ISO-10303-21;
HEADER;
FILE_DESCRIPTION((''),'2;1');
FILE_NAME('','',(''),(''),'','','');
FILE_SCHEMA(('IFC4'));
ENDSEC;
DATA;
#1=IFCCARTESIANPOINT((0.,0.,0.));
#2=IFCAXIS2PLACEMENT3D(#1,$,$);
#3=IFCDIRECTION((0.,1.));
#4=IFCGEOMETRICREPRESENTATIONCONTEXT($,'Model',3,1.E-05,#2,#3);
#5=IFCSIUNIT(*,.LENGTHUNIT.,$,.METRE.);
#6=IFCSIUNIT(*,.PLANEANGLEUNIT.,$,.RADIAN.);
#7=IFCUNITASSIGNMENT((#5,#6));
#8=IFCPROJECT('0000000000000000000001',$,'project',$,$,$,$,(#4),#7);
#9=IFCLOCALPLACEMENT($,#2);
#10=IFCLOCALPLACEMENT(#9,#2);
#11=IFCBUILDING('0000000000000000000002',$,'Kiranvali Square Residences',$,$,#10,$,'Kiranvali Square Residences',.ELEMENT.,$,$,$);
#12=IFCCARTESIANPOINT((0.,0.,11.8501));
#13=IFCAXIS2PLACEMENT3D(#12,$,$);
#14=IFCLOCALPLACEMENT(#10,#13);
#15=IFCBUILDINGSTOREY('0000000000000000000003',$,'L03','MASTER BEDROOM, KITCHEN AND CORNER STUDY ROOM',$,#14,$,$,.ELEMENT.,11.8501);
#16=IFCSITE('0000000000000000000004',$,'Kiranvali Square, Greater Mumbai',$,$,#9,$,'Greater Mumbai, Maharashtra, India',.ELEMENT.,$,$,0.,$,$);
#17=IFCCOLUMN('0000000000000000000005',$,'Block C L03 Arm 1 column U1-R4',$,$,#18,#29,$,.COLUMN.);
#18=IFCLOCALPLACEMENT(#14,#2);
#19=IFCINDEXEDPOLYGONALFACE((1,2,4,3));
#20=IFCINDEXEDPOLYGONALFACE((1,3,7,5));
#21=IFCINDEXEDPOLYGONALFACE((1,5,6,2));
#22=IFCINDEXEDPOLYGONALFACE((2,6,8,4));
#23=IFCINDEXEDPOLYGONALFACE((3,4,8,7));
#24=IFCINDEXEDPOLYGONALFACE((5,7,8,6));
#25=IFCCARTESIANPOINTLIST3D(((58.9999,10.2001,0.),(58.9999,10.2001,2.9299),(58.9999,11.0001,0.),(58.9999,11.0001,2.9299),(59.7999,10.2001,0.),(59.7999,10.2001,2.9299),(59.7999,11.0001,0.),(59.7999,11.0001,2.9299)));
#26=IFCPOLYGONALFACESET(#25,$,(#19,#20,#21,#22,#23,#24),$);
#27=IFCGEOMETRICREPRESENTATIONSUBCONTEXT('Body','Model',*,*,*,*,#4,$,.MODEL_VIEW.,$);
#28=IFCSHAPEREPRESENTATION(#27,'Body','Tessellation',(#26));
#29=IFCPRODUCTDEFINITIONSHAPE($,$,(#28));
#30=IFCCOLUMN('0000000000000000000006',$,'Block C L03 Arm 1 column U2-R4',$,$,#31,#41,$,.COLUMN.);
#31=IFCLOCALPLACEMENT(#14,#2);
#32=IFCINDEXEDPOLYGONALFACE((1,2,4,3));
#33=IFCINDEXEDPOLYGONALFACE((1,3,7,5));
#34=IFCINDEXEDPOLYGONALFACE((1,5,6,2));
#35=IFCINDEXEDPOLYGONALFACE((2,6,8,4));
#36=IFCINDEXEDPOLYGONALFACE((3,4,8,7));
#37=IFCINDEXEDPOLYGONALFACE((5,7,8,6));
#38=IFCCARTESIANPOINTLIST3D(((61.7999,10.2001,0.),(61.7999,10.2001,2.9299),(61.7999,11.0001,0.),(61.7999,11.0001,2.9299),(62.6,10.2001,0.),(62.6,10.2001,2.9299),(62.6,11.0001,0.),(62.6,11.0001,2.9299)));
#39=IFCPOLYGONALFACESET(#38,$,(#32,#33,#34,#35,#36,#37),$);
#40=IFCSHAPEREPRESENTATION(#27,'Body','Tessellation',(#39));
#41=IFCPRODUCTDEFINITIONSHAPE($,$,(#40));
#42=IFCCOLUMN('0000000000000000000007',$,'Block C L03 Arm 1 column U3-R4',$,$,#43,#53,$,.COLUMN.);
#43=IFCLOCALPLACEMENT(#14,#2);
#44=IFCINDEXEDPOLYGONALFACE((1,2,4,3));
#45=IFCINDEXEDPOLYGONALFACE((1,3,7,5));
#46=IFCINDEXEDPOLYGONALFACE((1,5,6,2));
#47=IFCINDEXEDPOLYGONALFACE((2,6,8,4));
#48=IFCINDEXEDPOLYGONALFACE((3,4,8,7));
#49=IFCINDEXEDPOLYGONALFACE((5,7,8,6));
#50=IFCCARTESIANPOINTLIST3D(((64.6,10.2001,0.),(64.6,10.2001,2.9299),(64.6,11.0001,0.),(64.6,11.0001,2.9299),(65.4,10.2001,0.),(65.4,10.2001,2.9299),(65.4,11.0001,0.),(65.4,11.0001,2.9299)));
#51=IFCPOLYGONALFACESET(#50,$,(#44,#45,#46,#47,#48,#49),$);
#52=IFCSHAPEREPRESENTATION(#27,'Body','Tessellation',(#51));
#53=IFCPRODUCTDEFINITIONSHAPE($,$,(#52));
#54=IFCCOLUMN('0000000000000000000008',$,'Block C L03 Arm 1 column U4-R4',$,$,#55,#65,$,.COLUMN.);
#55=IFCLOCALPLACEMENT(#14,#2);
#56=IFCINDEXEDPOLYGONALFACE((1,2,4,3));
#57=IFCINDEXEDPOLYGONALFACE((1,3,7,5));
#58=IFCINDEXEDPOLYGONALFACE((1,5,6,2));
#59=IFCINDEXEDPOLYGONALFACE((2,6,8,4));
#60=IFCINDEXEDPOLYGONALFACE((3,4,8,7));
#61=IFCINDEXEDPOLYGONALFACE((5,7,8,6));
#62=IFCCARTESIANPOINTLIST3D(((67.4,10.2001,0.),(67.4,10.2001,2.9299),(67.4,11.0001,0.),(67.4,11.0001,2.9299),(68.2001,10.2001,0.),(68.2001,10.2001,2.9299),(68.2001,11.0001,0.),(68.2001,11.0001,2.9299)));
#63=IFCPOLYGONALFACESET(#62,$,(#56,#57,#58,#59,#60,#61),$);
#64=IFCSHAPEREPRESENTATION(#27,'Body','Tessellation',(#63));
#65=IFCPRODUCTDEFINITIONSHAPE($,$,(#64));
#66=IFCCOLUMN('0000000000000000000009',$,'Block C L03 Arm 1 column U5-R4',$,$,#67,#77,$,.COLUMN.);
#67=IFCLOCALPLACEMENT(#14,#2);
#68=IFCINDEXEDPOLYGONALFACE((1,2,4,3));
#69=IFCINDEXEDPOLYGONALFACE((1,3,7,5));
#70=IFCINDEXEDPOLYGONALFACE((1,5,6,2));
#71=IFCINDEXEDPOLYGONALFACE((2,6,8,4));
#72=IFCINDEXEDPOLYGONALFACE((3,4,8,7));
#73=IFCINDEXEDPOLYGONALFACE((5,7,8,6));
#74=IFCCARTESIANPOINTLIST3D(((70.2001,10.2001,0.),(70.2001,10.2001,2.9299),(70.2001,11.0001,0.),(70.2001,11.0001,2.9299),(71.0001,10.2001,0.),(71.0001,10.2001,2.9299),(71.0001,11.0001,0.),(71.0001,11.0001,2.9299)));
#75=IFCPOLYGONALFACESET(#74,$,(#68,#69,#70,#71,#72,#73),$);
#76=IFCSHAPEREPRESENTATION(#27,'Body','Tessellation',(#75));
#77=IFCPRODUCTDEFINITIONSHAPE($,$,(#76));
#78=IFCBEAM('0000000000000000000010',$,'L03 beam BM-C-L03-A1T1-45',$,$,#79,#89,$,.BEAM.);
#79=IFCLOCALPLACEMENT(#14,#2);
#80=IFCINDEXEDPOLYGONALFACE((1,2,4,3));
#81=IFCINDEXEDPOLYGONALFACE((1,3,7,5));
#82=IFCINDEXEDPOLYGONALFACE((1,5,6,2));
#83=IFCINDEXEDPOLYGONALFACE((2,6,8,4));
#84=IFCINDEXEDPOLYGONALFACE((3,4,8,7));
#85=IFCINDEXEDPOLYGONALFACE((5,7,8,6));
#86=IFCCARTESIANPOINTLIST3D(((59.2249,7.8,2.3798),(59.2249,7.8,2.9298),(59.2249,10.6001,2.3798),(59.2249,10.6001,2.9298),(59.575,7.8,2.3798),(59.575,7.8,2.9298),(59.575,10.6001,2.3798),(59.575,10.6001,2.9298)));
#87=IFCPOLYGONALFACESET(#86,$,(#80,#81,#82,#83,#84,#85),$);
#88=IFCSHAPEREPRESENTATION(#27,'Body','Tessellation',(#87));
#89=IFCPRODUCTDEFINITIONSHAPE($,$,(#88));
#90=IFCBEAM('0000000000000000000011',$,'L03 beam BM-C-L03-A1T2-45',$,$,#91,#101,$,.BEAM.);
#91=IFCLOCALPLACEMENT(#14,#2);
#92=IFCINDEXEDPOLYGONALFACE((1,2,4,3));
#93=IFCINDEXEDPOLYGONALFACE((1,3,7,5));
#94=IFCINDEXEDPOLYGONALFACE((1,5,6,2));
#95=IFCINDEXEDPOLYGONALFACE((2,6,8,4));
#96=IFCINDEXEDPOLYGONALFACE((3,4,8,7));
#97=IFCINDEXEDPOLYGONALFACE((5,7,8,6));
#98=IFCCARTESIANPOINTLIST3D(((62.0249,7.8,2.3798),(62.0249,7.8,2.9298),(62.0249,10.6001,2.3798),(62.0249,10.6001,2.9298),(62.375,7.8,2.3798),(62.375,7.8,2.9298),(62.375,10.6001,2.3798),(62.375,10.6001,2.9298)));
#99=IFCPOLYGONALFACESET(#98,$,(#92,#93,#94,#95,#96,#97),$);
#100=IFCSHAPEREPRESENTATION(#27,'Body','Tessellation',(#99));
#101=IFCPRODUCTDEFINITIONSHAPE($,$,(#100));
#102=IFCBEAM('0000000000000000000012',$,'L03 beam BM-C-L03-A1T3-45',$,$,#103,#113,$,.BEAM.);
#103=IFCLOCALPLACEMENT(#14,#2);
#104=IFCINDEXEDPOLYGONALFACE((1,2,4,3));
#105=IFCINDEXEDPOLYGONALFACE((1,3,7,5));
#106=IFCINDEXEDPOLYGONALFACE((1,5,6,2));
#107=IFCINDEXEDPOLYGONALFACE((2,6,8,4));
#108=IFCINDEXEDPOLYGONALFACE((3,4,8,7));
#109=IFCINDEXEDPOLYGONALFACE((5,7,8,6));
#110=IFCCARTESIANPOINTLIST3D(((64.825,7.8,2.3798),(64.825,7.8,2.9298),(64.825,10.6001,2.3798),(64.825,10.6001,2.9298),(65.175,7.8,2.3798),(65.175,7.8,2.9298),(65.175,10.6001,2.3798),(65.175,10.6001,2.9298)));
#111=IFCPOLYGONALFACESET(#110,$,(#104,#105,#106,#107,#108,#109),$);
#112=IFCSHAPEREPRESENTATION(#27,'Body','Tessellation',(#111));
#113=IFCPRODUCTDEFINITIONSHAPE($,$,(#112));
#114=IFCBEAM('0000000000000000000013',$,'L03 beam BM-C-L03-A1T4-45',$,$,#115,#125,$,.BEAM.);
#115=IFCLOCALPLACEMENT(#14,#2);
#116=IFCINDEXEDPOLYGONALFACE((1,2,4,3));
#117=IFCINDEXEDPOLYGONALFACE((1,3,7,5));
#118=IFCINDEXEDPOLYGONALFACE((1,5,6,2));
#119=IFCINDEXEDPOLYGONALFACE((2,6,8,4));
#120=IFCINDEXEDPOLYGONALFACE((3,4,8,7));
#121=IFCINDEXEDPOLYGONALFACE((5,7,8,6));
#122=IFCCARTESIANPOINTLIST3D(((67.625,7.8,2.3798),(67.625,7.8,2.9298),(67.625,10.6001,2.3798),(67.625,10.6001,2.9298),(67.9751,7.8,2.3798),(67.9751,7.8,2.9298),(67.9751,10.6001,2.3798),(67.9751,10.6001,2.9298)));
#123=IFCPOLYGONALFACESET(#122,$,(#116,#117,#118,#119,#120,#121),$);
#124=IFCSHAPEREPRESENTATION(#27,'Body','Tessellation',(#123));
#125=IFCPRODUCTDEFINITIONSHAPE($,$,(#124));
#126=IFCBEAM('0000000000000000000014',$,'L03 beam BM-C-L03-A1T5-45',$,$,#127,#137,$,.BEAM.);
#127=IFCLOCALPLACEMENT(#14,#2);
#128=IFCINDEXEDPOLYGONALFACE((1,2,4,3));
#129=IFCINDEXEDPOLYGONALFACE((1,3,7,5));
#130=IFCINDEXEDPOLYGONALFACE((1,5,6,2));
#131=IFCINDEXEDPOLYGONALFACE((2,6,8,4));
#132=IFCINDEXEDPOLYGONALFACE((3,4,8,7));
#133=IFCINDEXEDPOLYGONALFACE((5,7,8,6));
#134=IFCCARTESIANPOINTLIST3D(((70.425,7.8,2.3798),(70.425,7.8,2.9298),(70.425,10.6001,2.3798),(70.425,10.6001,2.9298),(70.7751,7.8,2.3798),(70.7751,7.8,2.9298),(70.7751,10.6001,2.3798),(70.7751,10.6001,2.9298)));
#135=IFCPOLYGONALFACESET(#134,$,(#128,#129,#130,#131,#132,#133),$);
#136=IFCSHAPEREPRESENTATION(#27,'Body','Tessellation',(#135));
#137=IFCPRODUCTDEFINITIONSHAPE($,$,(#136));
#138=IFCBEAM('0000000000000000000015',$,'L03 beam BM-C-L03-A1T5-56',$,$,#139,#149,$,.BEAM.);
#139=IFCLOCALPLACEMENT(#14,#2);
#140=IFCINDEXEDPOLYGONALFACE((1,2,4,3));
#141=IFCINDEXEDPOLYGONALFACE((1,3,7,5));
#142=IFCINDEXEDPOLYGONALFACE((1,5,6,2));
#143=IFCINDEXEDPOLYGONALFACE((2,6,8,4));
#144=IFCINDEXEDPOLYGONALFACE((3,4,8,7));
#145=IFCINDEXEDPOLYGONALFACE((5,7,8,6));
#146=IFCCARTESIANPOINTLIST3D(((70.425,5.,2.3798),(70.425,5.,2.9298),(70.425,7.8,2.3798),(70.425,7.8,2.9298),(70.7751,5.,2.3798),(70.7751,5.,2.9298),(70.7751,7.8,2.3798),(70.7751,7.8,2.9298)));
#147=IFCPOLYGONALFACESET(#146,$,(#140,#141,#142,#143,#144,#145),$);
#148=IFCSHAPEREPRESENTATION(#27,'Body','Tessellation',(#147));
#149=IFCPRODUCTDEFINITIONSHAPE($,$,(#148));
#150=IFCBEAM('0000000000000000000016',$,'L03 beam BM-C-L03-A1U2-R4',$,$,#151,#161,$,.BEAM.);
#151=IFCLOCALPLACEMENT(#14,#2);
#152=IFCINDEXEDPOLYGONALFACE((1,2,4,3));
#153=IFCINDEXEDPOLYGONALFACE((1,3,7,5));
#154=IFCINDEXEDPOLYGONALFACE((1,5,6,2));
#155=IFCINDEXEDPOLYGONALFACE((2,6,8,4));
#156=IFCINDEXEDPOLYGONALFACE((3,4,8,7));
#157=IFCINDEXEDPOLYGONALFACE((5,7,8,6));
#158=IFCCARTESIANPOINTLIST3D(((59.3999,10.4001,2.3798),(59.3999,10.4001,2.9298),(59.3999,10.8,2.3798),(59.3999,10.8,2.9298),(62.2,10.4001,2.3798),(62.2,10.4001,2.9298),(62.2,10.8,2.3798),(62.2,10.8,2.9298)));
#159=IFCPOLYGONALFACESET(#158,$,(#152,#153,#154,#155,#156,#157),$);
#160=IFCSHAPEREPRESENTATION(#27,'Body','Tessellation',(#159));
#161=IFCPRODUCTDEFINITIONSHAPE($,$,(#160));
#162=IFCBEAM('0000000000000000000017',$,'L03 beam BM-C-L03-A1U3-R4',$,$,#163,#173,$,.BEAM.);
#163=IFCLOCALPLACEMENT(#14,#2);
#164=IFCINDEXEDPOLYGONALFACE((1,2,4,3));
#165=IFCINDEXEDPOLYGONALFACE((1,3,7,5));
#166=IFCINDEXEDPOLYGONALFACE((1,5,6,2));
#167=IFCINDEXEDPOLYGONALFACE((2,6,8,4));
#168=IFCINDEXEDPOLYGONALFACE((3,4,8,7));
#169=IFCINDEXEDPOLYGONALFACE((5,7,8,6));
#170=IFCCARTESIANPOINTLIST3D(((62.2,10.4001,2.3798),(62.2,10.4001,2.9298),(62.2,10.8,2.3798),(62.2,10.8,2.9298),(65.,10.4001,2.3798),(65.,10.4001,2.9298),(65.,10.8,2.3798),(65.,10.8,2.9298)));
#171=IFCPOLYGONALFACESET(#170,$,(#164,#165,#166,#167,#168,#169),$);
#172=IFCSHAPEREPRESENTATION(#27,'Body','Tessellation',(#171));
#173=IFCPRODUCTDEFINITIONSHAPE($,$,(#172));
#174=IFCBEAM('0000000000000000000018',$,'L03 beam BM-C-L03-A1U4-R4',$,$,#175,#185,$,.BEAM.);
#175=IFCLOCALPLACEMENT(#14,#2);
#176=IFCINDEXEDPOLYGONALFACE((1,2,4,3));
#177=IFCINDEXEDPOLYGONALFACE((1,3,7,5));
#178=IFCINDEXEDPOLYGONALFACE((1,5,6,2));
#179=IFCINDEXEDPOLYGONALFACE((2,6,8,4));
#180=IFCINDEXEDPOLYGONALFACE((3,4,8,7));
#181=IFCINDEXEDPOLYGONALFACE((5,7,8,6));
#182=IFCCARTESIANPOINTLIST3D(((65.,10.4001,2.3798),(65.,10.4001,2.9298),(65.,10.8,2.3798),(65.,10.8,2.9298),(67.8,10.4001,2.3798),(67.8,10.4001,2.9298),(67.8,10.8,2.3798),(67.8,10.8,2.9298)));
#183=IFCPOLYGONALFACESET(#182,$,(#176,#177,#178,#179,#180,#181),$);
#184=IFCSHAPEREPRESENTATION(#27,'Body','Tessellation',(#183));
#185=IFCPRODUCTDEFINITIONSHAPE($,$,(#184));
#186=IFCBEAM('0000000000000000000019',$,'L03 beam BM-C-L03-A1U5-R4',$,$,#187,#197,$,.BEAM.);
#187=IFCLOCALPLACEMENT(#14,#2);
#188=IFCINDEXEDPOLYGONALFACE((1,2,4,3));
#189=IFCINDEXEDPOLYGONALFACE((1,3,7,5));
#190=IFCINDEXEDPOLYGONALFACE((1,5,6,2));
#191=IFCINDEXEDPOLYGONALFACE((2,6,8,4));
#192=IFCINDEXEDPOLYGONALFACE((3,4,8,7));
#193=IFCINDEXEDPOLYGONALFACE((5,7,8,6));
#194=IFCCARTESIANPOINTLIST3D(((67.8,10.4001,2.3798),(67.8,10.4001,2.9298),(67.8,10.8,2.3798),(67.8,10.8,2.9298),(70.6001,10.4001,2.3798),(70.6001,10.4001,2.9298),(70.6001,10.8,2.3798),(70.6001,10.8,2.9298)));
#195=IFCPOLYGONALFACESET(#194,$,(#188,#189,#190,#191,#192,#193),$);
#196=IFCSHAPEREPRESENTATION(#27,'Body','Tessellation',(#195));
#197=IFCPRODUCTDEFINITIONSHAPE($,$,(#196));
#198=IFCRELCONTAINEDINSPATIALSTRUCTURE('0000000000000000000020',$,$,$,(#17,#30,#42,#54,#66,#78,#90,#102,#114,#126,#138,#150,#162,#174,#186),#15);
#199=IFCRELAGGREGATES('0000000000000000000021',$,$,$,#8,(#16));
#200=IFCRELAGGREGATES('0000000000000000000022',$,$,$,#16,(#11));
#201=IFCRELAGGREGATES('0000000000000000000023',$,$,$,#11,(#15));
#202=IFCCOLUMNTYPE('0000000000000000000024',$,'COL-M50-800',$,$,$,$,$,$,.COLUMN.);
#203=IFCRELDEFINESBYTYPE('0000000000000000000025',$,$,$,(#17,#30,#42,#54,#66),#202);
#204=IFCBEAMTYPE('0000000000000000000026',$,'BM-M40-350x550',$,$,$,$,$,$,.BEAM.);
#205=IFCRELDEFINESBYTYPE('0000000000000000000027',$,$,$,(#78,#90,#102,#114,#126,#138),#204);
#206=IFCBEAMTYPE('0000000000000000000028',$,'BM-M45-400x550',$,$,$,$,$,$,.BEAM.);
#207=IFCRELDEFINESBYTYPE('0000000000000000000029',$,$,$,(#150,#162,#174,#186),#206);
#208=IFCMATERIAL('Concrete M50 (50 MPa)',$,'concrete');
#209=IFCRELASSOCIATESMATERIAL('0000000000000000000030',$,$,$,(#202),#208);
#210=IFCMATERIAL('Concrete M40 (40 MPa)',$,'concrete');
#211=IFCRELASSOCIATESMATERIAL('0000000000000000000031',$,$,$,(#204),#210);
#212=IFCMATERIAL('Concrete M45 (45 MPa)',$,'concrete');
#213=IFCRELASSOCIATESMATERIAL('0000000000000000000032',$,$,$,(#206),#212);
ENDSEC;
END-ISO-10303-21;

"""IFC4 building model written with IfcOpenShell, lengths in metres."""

from ifc_helpers import new_model, si_unit, direction, frame, origin, origin_2d, place, context, subcontext, project, spatial, rectangle, extrude, material, material_profile, profile_set, type_object, element, save


model = new_model("IFC4")

# Units and contexts
model_context = context("Model", 3, precision=1e-05, world=origin(), true_north=direction((0.0, 1.0)))
body_context = subcontext(model_context, "Body", "Model", "MODEL_VIEW")
ifc_project = project(units=[si_unit("LENGTHUNIT", "METRE"), si_unit("PLANEANGLEUNIT", "RADIAN")], contexts=[model_context])

# Site, building, storey
site_placement = place(None, origin())
site = spatial("IfcSite", under=ifc_project, at=site_placement, Name="Kiranvali Square, Greater Mumbai", LongName="Greater Mumbai, Maharashtra, India", CompositionType="ELEMENT", RefElevation=0.0)
building_placement = place(site_placement, origin())
building = spatial("IfcBuilding", under=site, at=building_placement, Name="Kiranvali Square Residences", LongName="Kiranvali Square Residences", CompositionType="ELEMENT")
storey_placement = place(building_placement, frame((0.0, 0.0, 11.8501)))
storey = spatial("IfcBuildingStorey", under=building, at=storey_placement, Name="L03", Description="MASTER BEDROOM, KITCHEN AND CORNER STUDY ROOM", CompositionType="ELEMENT", Elevation=11.8501)

# Columns
ifc_material_1 = material(Name="Concrete M50 (50 MPa)", Category="concrete")
ifc_material_profile_1 = material_profile(ifc_material_1, rectangle(XDim=0.8, YDim=0.8, at=origin_2d()), Name="RC 800x800")
ifc_profile_set_1 = profile_set([ifc_material_profile_1], Name="Concrete M50 (50 MPa)")
column_type = type_object("IfcColumnType", Name="COL-M50-800", PredefinedType="COLUMN", material=ifc_profile_set_1)
for number, where, z_axis, x_axis, name in (
    (1, (59.3999, 10.6001, 0.0), (0.0, 0.0, 1.0), (1.0, 0.0, 0.0), "Block C L03 Arm 1 column U1-R4"),
    (2, (62.2, 10.6001, 0.0), (0.0, 0.0, 1.0), (1.0, 0.0, 0.0), "Block C L03 Arm 1 column U2-R4"),
    (3, (65.0, 10.6001, 0.0), (0.0, 0.0, 1.0), (1.0, 0.0, 0.0), "Block C L03 Arm 1 column U3-R4"),
    (4, (67.8, 10.6001, 0.0), (0.0, 0.0, 1.0), (1.0, 0.0, 0.0), "Block C L03 Arm 1 column U4-R4"),
    (5, (70.6001, 10.6001, 0.0), (0.0, 0.0, 1.0), (1.0, 0.0, 0.0), "Block C L03 Arm 1 column U5-R4"),
):
    element("IfcColumn", number, at=place(storey_placement, frame(where, z_axis=z_axis, x_axis=x_axis)), inside=storey, type_object=column_type, Name=name, PredefinedType="COLUMN", context=body_context, shape_type="SweptSolid", body=[
        extrude(rectangle(XDim=0.8, YDim=0.8, at=origin_2d()), origin(), (0.0, 0.0, 1.0), 2.9299),
    ])

# Beams
ifc_material_2 = material(Name="Concrete M40 (40 MPa)", Category="concrete")
ifc_material_profile_2 = material_profile(ifc_material_2, rectangle(XDim=0.3501, YDim=0.55, at=origin_2d()), Name="RC 350x550")
ifc_profile_set_2 = profile_set([ifc_material_profile_2], Name="Concrete M40 (40 MPa)")
beam_type_1 = type_object("IfcBeamType", Name="BM-M40-350x550", PredefinedType="BEAM", material=ifc_profile_set_2)
for number, where, z_axis, x_axis, name in (
    (6, (59.3999, 10.6001, 2.6548), (0.0, -1.0, 0.0), (1.0, 0.0, 0.0), "L03 beam BM-C-L03-A1T1-45"),
    (7, (62.2, 10.6001, 2.6548), (0.0, -1.0, 0.0), (1.0, 0.0, 0.0), "L03 beam BM-C-L03-A1T2-45"),
    (8, (65.0, 10.6001, 2.6548), (0.0, -1.0, 0.0), (1.0, 0.0, 0.0), "L03 beam BM-C-L03-A1T3-45"),
    (9, (67.8, 10.6001, 2.6548), (0.0, -1.0, 0.0), (1.0, 0.0, 0.0), "L03 beam BM-C-L03-A1T4-45"),
    (10, (70.6001, 10.6001, 2.6548), (0.0, -1.0, 0.0), (1.0, 0.0, 0.0), "L03 beam BM-C-L03-A1T5-45"),
    (11, (70.6001, 7.8, 2.6548), (0.0, -1.0, 0.0), (1.0, 0.0, 0.0), "L03 beam BM-C-L03-A1T5-56"),
):
    element("IfcBeam", number, at=place(storey_placement, frame(where, z_axis=z_axis, x_axis=x_axis)), inside=storey, type_object=beam_type_1, Name=name, PredefinedType="BEAM", context=body_context, shape_type="SweptSolid", body=[
        extrude(rectangle(XDim=0.3501, YDim=0.55, at=origin_2d()), origin(), (0.0, 0.0, 1.0), 2.8),
    ])
ifc_material_3 = material(Name="Concrete M45 (45 MPa)", Category="concrete")
ifc_material_profile_3 = material_profile(ifc_material_3, rectangle(XDim=0.3999, YDim=0.55, at=origin_2d()), Name="RC 400x550")
ifc_profile_set_3 = profile_set([ifc_material_profile_3], Name="Concrete M45 (45 MPa)")
beam_type_2 = type_object("IfcBeamType", Name="BM-M45-400x550", PredefinedType="BEAM", material=ifc_profile_set_3)
for number, where, z_axis, x_axis, name in (
    (12, (59.3999, 10.6001, 2.6548), (1.0, 0.0, 0.0), (0.0, 1.0, 0.0), "L03 beam BM-C-L03-A1U2-R4"),
    (13, (62.2, 10.6001, 2.6548), (1.0, 0.0, 0.0), (0.0, 1.0, 0.0), "L03 beam BM-C-L03-A1U3-R4"),
    (14, (65.0, 10.6001, 2.6548), (1.0, 0.0, 0.0), (0.0, 1.0, 0.0), "L03 beam BM-C-L03-A1U4-R4"),
    (15, (67.8, 10.6001, 2.6548), (1.0, 0.0, 0.0), (0.0, 1.0, 0.0), "L03 beam BM-C-L03-A1U5-R4"),
):
    element("IfcBeam", number, at=place(storey_placement, frame(where, z_axis=z_axis, x_axis=x_axis)), inside=storey, type_object=beam_type_2, Name=name, PredefinedType="BEAM", context=body_context, shape_type="SweptSolid", body=[
        extrude(rectangle(XDim=0.3999, YDim=0.55, at=origin_2d()), origin(), (0.0, 0.0, 1.0), 2.8),
    ])

save(model, "model.ifc")
